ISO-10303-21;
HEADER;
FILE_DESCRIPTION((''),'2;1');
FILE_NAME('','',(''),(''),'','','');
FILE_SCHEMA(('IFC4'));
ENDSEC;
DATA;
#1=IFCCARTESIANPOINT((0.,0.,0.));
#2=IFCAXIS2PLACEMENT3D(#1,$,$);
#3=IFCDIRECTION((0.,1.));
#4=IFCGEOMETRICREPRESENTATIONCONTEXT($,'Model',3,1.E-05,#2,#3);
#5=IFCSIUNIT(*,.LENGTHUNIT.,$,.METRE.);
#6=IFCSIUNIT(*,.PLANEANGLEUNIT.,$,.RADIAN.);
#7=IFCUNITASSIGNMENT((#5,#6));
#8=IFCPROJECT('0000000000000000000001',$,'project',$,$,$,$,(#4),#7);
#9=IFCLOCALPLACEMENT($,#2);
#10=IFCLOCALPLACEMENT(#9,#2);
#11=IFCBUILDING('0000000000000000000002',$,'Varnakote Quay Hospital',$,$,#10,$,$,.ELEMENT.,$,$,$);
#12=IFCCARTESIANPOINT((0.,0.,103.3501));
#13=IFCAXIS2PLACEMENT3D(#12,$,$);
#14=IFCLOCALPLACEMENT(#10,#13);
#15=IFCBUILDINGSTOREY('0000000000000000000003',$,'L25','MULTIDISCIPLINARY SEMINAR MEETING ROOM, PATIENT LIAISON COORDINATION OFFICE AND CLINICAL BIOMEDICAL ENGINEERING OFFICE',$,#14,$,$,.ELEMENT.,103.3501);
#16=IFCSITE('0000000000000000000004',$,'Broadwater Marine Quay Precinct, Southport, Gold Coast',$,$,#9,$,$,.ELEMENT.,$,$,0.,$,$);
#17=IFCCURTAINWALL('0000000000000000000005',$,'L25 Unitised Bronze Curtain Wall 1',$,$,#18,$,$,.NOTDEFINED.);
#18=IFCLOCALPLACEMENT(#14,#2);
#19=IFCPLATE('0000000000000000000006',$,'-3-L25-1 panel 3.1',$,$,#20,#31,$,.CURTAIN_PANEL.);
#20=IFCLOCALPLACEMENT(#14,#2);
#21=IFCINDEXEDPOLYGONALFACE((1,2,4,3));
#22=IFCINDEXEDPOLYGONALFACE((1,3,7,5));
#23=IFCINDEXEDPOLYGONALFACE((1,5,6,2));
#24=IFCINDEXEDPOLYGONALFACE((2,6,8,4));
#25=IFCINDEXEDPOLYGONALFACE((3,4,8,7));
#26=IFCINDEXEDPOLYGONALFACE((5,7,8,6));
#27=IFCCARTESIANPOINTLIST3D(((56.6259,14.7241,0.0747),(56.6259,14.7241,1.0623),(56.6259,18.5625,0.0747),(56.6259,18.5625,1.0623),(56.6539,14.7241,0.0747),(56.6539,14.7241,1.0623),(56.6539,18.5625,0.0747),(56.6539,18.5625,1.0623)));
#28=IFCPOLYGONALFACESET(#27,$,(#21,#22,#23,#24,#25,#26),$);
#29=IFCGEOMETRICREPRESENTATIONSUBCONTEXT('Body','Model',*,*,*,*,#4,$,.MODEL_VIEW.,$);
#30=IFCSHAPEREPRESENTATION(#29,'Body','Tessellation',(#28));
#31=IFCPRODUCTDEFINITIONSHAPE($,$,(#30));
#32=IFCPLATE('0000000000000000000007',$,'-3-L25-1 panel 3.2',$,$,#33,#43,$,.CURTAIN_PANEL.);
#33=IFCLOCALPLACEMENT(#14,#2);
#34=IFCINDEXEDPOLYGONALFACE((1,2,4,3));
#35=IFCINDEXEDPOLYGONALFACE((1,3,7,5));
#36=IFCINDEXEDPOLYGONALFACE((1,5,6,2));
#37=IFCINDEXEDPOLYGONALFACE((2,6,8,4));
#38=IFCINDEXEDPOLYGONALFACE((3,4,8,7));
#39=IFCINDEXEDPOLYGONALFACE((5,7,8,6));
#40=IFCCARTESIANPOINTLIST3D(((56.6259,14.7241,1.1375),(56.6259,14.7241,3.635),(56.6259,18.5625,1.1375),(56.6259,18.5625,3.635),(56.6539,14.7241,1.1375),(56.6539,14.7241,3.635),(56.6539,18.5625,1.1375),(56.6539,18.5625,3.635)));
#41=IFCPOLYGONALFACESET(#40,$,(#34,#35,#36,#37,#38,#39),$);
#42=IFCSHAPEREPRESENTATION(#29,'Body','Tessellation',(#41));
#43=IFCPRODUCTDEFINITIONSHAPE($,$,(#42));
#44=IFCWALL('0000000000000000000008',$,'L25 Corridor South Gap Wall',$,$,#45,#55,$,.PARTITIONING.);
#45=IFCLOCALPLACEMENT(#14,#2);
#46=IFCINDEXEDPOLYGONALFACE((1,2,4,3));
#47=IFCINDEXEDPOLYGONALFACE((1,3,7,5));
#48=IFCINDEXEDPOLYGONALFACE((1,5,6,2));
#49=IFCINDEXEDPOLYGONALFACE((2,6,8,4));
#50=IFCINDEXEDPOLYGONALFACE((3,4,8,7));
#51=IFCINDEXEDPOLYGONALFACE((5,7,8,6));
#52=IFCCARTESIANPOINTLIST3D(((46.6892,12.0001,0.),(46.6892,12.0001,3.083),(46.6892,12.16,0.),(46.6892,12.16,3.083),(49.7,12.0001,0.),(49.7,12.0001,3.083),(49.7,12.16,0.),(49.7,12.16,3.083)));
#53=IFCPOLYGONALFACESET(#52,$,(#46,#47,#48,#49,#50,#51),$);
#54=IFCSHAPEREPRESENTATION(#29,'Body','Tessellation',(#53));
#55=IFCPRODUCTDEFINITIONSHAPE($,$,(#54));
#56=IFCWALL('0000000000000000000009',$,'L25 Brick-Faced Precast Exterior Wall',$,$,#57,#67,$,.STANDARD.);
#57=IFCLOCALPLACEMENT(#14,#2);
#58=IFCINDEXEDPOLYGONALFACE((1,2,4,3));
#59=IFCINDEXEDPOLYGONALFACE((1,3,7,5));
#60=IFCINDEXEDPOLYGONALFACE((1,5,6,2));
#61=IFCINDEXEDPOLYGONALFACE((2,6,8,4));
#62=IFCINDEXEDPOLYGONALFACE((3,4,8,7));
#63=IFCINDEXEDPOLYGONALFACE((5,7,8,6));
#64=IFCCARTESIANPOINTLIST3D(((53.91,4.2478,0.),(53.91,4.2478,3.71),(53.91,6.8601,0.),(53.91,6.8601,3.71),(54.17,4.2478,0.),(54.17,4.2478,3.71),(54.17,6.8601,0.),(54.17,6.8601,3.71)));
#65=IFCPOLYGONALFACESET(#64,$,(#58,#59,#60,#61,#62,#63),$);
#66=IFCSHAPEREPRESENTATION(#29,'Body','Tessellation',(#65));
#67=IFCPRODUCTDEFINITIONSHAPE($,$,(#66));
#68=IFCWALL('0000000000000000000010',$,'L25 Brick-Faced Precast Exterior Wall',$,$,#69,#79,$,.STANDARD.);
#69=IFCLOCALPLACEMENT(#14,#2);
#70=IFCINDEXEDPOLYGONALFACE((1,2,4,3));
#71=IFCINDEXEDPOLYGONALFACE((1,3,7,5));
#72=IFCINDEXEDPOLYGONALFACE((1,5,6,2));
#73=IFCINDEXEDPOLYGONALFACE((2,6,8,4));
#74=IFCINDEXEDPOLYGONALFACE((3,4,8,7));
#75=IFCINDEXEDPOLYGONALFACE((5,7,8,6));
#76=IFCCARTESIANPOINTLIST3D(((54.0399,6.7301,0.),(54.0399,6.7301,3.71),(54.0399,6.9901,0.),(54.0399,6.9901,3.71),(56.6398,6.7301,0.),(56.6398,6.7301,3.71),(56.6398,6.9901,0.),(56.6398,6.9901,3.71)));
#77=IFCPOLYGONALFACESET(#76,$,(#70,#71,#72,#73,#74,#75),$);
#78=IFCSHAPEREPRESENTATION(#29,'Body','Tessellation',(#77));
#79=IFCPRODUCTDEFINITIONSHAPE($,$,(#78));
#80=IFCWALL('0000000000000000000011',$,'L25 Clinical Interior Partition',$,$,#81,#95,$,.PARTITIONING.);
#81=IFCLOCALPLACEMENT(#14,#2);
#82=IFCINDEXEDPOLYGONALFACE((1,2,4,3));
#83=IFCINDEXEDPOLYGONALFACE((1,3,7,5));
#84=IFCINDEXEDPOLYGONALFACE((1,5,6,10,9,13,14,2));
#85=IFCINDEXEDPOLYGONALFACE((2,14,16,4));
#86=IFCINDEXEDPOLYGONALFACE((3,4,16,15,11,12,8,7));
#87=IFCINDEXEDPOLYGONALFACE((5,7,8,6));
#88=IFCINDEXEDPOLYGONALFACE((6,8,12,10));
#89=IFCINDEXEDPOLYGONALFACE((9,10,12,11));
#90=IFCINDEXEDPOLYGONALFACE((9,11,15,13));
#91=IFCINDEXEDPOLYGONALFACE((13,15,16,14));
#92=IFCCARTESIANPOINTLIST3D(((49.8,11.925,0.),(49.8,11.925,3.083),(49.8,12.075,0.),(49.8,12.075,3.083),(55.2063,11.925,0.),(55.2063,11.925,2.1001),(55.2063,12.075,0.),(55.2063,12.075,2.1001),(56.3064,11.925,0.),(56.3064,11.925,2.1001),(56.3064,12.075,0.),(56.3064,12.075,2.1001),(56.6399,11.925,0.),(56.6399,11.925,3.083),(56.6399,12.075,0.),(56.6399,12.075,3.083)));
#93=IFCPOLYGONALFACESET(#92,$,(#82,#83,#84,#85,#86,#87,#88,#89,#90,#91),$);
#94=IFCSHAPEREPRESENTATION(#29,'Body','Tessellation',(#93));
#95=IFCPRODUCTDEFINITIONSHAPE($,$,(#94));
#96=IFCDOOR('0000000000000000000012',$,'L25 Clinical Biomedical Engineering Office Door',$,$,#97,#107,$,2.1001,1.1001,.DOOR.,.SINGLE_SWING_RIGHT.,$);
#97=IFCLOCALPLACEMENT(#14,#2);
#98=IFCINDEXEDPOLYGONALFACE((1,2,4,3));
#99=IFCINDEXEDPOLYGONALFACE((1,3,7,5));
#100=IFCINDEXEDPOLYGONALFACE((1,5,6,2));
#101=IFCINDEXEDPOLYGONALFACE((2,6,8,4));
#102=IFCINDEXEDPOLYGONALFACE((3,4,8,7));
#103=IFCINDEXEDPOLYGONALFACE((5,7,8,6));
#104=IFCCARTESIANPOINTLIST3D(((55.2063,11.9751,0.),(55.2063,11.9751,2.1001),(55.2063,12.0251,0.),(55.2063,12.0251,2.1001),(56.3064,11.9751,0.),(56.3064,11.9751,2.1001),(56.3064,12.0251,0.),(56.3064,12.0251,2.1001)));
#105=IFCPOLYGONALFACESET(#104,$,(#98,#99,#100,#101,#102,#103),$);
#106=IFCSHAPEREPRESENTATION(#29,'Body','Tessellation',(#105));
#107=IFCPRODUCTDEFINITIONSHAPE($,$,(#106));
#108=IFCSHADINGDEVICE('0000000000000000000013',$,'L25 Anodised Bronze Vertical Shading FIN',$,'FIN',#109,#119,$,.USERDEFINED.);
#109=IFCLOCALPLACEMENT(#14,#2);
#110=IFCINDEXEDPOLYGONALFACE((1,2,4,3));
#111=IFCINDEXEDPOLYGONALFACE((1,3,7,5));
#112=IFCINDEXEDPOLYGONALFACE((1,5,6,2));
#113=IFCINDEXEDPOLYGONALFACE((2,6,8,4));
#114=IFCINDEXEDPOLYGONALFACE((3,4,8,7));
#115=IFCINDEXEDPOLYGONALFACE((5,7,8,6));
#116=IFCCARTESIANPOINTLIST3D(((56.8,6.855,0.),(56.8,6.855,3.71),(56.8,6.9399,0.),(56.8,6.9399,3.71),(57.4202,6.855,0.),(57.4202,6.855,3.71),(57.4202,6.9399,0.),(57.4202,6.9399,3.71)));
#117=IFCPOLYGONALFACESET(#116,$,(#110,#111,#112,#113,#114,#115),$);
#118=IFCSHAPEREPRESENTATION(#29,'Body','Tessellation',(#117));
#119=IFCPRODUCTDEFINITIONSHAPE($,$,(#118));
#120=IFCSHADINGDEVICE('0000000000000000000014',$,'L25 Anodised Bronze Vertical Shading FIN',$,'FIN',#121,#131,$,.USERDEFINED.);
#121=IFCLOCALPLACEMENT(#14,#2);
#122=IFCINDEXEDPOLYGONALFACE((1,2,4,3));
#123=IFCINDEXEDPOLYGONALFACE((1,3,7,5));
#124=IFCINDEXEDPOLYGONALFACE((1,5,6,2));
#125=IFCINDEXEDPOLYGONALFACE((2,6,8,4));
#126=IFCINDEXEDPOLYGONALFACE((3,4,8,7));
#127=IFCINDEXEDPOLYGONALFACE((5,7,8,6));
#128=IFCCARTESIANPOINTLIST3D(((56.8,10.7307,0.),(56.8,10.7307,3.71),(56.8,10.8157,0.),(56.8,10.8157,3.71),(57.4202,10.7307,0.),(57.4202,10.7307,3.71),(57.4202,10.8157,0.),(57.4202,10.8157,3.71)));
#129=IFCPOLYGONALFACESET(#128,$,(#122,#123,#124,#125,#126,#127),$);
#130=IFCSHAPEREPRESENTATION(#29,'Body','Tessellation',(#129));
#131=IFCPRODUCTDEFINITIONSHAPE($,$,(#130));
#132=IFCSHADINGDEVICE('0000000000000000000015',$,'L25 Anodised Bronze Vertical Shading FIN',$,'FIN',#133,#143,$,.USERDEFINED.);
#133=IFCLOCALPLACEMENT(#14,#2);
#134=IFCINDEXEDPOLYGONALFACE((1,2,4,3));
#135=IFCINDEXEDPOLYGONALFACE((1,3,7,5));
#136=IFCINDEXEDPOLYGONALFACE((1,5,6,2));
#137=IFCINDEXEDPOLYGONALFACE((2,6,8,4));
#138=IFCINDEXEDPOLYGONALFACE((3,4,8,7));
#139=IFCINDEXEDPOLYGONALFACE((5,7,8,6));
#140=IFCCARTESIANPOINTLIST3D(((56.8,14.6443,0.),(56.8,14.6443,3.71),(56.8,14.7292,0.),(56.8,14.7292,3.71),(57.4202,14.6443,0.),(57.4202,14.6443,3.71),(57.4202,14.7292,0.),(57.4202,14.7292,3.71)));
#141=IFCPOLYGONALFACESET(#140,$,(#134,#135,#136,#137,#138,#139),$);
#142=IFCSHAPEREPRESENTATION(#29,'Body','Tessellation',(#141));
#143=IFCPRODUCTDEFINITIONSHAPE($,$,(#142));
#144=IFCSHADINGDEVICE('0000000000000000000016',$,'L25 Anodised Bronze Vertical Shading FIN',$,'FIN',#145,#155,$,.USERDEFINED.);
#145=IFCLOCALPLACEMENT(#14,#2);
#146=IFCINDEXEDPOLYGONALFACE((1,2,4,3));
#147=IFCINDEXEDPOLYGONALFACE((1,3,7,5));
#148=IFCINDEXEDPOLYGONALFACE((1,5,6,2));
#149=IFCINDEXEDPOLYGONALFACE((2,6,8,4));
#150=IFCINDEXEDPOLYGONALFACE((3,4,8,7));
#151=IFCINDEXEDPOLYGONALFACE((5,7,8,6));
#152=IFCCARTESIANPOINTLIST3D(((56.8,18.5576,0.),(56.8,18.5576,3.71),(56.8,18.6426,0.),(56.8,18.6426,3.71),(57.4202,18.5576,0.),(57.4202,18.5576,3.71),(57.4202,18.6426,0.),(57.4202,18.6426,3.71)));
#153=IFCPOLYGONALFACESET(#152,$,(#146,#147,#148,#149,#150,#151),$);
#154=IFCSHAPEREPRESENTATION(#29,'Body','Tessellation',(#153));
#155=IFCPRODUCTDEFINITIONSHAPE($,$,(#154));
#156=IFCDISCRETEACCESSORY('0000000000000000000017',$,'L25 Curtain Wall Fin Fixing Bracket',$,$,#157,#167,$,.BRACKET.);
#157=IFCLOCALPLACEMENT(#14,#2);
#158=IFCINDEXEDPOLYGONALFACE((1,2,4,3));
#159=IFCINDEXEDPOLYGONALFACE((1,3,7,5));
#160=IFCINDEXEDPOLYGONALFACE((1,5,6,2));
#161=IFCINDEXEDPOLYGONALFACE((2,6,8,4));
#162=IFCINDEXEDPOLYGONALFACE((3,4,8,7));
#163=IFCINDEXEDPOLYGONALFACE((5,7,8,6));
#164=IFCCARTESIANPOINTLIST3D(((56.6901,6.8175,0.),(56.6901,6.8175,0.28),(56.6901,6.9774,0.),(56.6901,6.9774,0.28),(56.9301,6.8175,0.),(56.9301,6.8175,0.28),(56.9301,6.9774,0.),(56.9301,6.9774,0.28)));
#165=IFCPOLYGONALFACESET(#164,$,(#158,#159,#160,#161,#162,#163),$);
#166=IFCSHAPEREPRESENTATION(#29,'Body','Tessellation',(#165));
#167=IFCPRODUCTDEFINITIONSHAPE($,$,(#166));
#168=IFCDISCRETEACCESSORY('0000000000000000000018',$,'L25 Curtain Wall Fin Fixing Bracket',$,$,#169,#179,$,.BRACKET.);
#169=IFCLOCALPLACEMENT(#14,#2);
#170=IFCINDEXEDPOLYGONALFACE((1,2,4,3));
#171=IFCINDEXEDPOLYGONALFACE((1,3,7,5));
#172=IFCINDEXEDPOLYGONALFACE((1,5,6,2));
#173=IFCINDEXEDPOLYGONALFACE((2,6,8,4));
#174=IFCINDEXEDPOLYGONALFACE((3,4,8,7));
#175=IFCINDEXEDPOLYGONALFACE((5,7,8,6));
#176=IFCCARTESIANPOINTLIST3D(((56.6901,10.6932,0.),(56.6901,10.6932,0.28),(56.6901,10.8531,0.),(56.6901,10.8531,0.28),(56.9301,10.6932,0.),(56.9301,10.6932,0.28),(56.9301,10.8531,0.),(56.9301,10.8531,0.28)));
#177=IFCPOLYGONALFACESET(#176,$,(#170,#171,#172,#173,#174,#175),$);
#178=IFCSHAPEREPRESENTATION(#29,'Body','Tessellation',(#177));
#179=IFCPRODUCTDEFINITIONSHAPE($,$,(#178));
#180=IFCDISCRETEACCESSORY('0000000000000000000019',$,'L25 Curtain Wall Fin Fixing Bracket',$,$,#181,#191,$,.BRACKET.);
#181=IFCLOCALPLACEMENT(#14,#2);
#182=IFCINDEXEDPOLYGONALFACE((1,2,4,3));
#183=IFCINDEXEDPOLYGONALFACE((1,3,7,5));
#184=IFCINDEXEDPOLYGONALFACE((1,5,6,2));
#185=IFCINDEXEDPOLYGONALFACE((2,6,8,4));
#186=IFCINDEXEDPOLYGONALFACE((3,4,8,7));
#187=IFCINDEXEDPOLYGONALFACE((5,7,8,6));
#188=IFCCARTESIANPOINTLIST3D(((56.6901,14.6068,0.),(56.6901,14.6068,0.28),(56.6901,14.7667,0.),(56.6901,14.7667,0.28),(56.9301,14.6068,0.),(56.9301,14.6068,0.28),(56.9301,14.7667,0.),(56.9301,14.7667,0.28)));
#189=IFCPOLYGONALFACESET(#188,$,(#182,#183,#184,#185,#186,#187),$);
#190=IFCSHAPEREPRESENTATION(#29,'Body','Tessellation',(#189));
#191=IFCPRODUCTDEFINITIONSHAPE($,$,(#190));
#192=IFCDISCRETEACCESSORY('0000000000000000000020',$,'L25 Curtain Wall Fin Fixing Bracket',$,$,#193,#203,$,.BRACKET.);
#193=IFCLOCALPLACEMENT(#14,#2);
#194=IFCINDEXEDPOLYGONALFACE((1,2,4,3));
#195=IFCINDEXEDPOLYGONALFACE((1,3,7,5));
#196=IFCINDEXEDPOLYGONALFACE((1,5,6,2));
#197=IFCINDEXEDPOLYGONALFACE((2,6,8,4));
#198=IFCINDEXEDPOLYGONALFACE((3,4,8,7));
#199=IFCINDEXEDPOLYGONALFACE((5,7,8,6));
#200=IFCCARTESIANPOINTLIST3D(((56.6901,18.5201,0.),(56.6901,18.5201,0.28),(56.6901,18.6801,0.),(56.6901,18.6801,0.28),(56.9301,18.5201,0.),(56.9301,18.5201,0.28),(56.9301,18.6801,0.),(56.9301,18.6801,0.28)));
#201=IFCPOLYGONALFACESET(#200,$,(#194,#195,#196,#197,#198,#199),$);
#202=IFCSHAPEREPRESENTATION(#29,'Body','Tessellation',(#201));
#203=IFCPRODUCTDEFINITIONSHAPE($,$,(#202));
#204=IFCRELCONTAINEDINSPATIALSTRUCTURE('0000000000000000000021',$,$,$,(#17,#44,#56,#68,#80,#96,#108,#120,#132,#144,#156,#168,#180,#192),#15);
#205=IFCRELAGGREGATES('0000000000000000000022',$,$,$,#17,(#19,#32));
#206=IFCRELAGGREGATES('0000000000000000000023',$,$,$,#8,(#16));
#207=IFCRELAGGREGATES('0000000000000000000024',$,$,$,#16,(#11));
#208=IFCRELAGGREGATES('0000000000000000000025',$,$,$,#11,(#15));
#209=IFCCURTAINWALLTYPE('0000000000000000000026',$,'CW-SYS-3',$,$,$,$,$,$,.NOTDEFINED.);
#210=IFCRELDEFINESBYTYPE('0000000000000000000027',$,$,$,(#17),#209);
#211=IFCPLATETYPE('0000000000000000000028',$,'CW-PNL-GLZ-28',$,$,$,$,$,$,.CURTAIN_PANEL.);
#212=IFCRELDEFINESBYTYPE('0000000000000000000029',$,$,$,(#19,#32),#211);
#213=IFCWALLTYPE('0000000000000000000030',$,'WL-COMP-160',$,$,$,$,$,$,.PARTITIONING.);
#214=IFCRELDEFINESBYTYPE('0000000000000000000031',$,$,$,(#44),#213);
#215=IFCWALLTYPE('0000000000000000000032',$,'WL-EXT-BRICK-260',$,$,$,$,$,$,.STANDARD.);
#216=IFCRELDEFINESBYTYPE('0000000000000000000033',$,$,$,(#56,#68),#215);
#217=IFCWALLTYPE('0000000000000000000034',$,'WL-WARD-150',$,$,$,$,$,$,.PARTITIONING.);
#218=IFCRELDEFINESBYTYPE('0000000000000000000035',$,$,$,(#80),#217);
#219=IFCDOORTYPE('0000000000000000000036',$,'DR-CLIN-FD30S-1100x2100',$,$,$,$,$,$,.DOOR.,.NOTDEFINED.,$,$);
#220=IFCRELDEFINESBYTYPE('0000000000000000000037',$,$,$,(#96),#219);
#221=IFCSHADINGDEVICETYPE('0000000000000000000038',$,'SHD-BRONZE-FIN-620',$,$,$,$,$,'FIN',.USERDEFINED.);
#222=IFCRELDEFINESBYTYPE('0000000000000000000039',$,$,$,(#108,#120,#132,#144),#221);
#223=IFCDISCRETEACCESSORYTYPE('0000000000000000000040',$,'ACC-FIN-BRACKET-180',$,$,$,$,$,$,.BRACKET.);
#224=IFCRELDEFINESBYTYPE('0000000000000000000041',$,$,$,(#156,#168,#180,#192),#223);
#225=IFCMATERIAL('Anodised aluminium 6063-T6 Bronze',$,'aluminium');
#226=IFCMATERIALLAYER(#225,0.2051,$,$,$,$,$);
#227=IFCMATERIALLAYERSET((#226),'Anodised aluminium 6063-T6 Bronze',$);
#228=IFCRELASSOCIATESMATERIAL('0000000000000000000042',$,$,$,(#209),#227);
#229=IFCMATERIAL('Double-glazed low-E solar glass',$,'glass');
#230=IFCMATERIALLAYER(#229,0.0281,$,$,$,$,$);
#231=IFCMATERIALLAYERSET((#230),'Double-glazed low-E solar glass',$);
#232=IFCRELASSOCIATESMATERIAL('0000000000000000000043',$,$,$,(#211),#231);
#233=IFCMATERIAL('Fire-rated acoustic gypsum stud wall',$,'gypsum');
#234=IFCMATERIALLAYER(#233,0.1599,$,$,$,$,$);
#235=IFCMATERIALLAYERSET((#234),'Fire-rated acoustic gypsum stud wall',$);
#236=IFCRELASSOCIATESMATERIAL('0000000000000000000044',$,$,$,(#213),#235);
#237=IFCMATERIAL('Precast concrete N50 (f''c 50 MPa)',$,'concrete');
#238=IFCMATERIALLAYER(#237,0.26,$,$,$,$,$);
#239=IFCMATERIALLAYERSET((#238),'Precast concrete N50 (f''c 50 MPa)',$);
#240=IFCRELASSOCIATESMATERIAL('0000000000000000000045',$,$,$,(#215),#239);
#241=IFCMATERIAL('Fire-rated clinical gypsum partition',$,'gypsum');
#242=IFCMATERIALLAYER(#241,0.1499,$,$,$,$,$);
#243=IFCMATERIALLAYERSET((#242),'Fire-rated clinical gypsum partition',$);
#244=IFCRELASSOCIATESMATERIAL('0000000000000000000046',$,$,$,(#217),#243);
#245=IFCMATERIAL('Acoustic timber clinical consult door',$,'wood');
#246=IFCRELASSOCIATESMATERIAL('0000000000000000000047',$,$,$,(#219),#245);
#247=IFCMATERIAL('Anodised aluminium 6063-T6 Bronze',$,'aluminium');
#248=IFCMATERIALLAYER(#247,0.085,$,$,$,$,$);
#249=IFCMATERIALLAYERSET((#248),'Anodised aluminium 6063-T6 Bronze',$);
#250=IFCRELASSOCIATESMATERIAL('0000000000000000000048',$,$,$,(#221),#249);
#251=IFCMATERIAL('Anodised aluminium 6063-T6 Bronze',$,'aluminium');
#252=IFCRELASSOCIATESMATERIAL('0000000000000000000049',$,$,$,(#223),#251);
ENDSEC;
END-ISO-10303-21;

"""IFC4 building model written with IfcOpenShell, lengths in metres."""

from ifc_helpers import new_model, si_unit, direction, frame, frame_2d, origin, origin_2d, place, context, subcontext, project, spatial, rectangle, extrude, material, layer, layer_set, type_object, element, fill, aggregate, save


model = new_model("IFC4")

# Units and contexts
model_context = context("Model", 3, precision=1e-05, world=origin(), true_north=direction((0.0, 1.0)))
body_context = subcontext(model_context, "Body", "Model", "MODEL_VIEW")
ifc_project = project(units=[si_unit("LENGTHUNIT", "METRE"), si_unit("PLANEANGLEUNIT", "RADIAN")], contexts=[model_context])

# Site, building, storey
site_placement = place(None, origin())
site = spatial("IfcSite", under=ifc_project, at=site_placement, Name="Broadwater Marine Quay Precinct, Southport, Gold Coast", CompositionType="ELEMENT", RefElevation=0.0)
building_placement = place(site_placement, origin())
building = spatial("IfcBuilding", under=site, at=building_placement, Name="Varnakote Quay Hospital", CompositionType="ELEMENT")
storey_placement = place(building_placement, frame((0.0, 0.0, 103.3501)))
storey = spatial("IfcBuildingStorey", under=building, at=storey_placement, Name="L25", Description="MULTIDISCIPLINARY SEMINAR MEETING ROOM, PATIENT LIAISON COORDINATION OFFICE AND CLINICAL BIOMEDICAL ENGINEERING OFFICE", CompositionType="ELEMENT", Elevation=103.3501)

# Curtain wall, plates
ifc_material_1 = material(Name="Anodised aluminium 6063-T6 Bronze", Category="aluminium")
ifc_layer_1 = layer(ifc_material_1, 0.2051)
ifc_layer_set_1 = layer_set([ifc_layer_1], Name="Anodised aluminium 6063-T6 Bronze")
curtain_wall_type = type_object("IfcCurtainWallType", Name="CW-SYS-3", PredefinedType="NOTDEFINED", material=ifc_layer_set_1)
curtain_wall_placement = place(storey_placement, origin())
curtain_wall = element("IfcCurtainWall", 1, at=curtain_wall_placement, inside=storey, type_object=curtain_wall_type, Name="L25 Unitised Bronze Curtain Wall 1", PredefinedType="NOTDEFINED")
ifc_material_2 = material(Name="Double-glazed low-E solar glass", Category="glass")
ifc_layer_2 = layer(ifc_material_2, 0.0281)
ifc_layer_set_2 = layer_set([ifc_layer_2], Name="Double-glazed low-E solar glass")
plate_type = type_object("IfcPlateType", Name="CW-PNL-GLZ-28", PredefinedType="CURTAIN_PANEL", material=ifc_layer_set_2)
plate_1_placement = place(storey_placement, frame((56.6399, 16.6433, 0.0747), z_axis=(0.0, 0.0, 1.0), x_axis=(0.0, 1.0, 0.0)))
plate_1 = element("IfcPlate", 2, at=plate_1_placement, type_object=plate_type, Name="-3-L25-1 panel 3.1", PredefinedType="CURTAIN_PANEL", context=body_context, shape_type="SweptSolid", body=[
    extrude(rectangle(XDim=3.8384, YDim=0.0281, at=origin_2d()), origin(), (0.0, 0.0, 1.0), 0.9875),
])
plate_2_placement = place(storey_placement, frame((56.6399, 16.6433, 1.1375), z_axis=(0.0, 0.0, 1.0), x_axis=(0.0, 1.0, 0.0)))
plate_2 = element("IfcPlate", 3, at=plate_2_placement, type_object=plate_type, Name="-3-L25-1 panel 3.2", PredefinedType="CURTAIN_PANEL", context=body_context, shape_type="SweptSolid", body=[
    extrude(rectangle(XDim=3.8384, YDim=0.0281, at=origin_2d()), origin(), (0.0, 0.0, 1.0), 2.4976),
])
aggregate(curtain_wall, [plate_1, plate_2])

# Walls
ifc_material_3 = material(Name="Fire-rated acoustic gypsum stud wall", Category="gypsum")
ifc_layer_3 = layer(ifc_material_3, 0.1599)
ifc_layer_set_3 = layer_set([ifc_layer_3], Name="Fire-rated acoustic gypsum stud wall")
wall_type_1 = type_object("IfcWallType", Name="WL-COMP-160", PredefinedType="PARTITIONING", material=ifc_layer_set_3)
wall_1_placement = place(storey_placement, frame((46.6892, 12.0801, 0.0), z_axis=(0.0, 0.0, 1.0), x_axis=(1.0, 0.0, 0.0)))
element("IfcWall", 4, at=wall_1_placement, inside=storey, type_object=wall_type_1, Name="L25 Corridor South Gap Wall", PredefinedType="PARTITIONING", context=body_context, shape_type="SweptSolid", body=[
    extrude(rectangle(XDim=3.0107, YDim=0.1599, at=frame_2d((1.5054, 0.0))), origin(), (0.0, 0.0, 1.0), 3.083),
])
ifc_material_4 = material(Name="Precast concrete N50 (f'c 50 MPa)", Category="concrete")
ifc_layer_4 = layer(ifc_material_4, 0.26)
ifc_layer_set_4 = layer_set([ifc_layer_4], Name="Precast concrete N50 (f'c 50 MPa)")
wall_type_2 = type_object("IfcWallType", Name="WL-EXT-BRICK-260", PredefinedType="STANDARD", material=ifc_layer_set_4)
wall_2_placement = place(storey_placement, frame((54.04, 4.2478, 0.0), z_axis=(0.0, 0.0, 1.0), x_axis=(0.0, 1.0, 0.0)))
element("IfcWall", 5, at=wall_2_placement, inside=storey, type_object=wall_type_2, Name="L25 Brick-Faced Precast Exterior Wall", PredefinedType="STANDARD", context=body_context, shape_type="SweptSolid", body=[
    extrude(rectangle(XDim=2.6123, YDim=0.26, at=frame_2d((1.3062, 0.0))), origin(), (0.0, 0.0, 1.0), 3.71),
])
wall_3_placement = place(storey_placement, frame((54.04, 6.8601, 0.0), z_axis=(0.0, 0.0, 1.0), x_axis=(1.0, 0.0, 0.0)))
element("IfcWall", 6, at=wall_3_placement, inside=storey, type_object=wall_type_2, Name="L25 Brick-Faced Precast Exterior Wall", PredefinedType="STANDARD", context=body_context, shape_type="SweptSolid", body=[
    extrude(rectangle(XDim=2.5999, YDim=0.26, at=frame_2d((1.2998, 0.0))), origin(), (0.0, 0.0, 1.0), 3.71),
])

# Wall, opening, door
ifc_material_5 = material(Name="Fire-rated clinical gypsum partition", Category="gypsum")
ifc_layer_5 = layer(ifc_material_5, 0.1499)
ifc_layer_set_5 = layer_set([ifc_layer_5], Name="Fire-rated clinical gypsum partition")
wall_type_3 = type_object("IfcWallType", Name="WL-WARD-150", PredefinedType="PARTITIONING", material=ifc_layer_set_5)
wall_4_placement = place(storey_placement, frame((56.6399, 12.0, 0.0), z_axis=(0.0, 0.0, 1.0), x_axis=(-1.0, 0.0, 0.0)))
wall_4 = element("IfcWall", 7, at=wall_4_placement, inside=storey, type_object=wall_type_3, Name="L25 Clinical Interior Partition", PredefinedType="PARTITIONING", context=body_context, shape_type="SweptSolid", body=[
    extrude(rectangle(XDim=6.8398, YDim=0.1499, at=frame_2d((3.4199, 0.0))), origin(), (0.0, 0.0, 1.0), 3.083),
])
opening_placement = place(wall_4_placement, frame((0.3335, 0.0, 0.0)))
opening = element("IfcOpeningElement", 8, at=opening_placement, cuts=wall_4, PredefinedType="OPENING", context=body_context, shape_type="SweptSolid", body=[
    extrude(rectangle(XDim=1.1001, YDim=2.1001, at=frame_2d((0.55, 1.05))), frame((0.0, 0.085, 0.0), z_axis=(0.0, -1.0, 0.0), x_axis=(1.0, 0.0, 0.0)), (0.0, 0.0, 1.0), 0.1699),
])
ifc_material_6 = material(Name="Acoustic timber clinical consult door", Category="wood")
door_type = type_object("IfcDoorType", Name="DR-CLIN-FD30S-1100x2100", OperationType="NOTDEFINED", PredefinedType="DOOR", material=ifc_material_6)
door_placement = place(opening_placement, origin())
door = element("IfcDoor", 9, at=door_placement, inside=storey, type_object=door_type, Name="L25 Clinical Biomedical Engineering Office Door", OperationType="SINGLE_SWING_RIGHT", OverallHeight=2.1001, OverallWidth=1.1001, PredefinedType="DOOR", context=body_context, shape_type="SweptSolid", body=[
    extrude(rectangle(XDim=1.1001, YDim=2.1001, at=frame_2d((0.55, 1.05))), frame((0.0, 0.0249, 0.0), z_axis=(0.0, -1.0, 0.0), x_axis=(1.0, 0.0, 0.0)), (0.0, 0.0, 1.0), 0.05),
])
fill(opening, door)

# Shading devices
ifc_material_7 = material(Name="Anodised aluminium 6063-T6 Bronze", Category="aluminium")
ifc_layer_6 = layer(ifc_material_7, 0.085)
ifc_layer_set_6 = layer_set([ifc_layer_6], Name="Anodised aluminium 6063-T6 Bronze")
shading_device_type = type_object("IfcShadingDeviceType", Name="SHD-BRONZE-FIN-620", ElementType="FIN", PredefinedType="USERDEFINED", material=ifc_layer_set_6)
for number, where, z_axis, x_axis, name in (
    (10, (57.1101, 6.8975, 0.0), (0.0, 0.0, 1.0), (-1.0, 0.0, 0.0), "L25 Anodised Bronze Vertical Shading FIN"),
    (11, (57.1101, 10.7732, 0.0), (0.0, 0.0, 1.0), (-1.0, 0.0, 0.0), "L25 Anodised Bronze Vertical Shading FIN"),
    (12, (57.1101, 14.6868, 0.0), (0.0, 0.0, 1.0), (-1.0, 0.0, 0.0), "L25 Anodised Bronze Vertical Shading FIN"),
    (13, (57.1101, 18.6001, 0.0), (0.0, 0.0, 1.0), (-1.0, 0.0, 0.0), "L25 Anodised Bronze Vertical Shading FIN"),
):
    element("IfcShadingDevice", number, at=place(storey_placement, frame(where, z_axis=z_axis, x_axis=x_axis)), inside=storey, type_object=shading_device_type, Name=name, ObjectType="FIN", PredefinedType="USERDEFINED", context=body_context, shape_type="SweptSolid", body=[
        extrude(rectangle(XDim=0.6201, YDim=0.085, at=origin_2d()), origin(), (0.0, 0.0, 1.0), 3.71),
    ])

# Discrete accessories
ifc_material_8 = material(Name="Anodised aluminium 6063-T6 Bronze", Category="aluminium")
discrete_accessory_type = type_object("IfcDiscreteAccessoryType", Name="ACC-FIN-BRACKET-180", PredefinedType="BRACKET", material=ifc_material_8)
for number, where, z_axis, x_axis, name in (
    (14, (56.8101, 6.8975, 0.0), (0.0, 0.0, 1.0), (0.0, 1.0, 0.0), "L25 Curtain Wall Fin Fixing Bracket"),
    (15, (56.8101, 10.7732, 0.0), (0.0, 0.0, 1.0), (0.0, 1.0, 0.0), "L25 Curtain Wall Fin Fixing Bracket"),
    (16, (56.8101, 14.6868, 0.0), (0.0, 0.0, 1.0), (0.0, 1.0, 0.0), "L25 Curtain Wall Fin Fixing Bracket"),
    (17, (56.8101, 18.6001, 0.0), (0.0, 0.0, 1.0), (0.0, 1.0, 0.0), "L25 Curtain Wall Fin Fixing Bracket"),
):
    element("IfcDiscreteAccessory", number, at=place(storey_placement, frame(where, z_axis=z_axis, x_axis=x_axis)), inside=storey, type_object=discrete_accessory_type, Name=name, PredefinedType="BRACKET", context=body_context, shape_type="SweptSolid", body=[
        extrude(rectangle(XDim=0.1599, YDim=0.24, at=origin_2d()), origin(), (0.0, 0.0, 1.0), 0.28),
    ])

save(model, "model.ifc")
